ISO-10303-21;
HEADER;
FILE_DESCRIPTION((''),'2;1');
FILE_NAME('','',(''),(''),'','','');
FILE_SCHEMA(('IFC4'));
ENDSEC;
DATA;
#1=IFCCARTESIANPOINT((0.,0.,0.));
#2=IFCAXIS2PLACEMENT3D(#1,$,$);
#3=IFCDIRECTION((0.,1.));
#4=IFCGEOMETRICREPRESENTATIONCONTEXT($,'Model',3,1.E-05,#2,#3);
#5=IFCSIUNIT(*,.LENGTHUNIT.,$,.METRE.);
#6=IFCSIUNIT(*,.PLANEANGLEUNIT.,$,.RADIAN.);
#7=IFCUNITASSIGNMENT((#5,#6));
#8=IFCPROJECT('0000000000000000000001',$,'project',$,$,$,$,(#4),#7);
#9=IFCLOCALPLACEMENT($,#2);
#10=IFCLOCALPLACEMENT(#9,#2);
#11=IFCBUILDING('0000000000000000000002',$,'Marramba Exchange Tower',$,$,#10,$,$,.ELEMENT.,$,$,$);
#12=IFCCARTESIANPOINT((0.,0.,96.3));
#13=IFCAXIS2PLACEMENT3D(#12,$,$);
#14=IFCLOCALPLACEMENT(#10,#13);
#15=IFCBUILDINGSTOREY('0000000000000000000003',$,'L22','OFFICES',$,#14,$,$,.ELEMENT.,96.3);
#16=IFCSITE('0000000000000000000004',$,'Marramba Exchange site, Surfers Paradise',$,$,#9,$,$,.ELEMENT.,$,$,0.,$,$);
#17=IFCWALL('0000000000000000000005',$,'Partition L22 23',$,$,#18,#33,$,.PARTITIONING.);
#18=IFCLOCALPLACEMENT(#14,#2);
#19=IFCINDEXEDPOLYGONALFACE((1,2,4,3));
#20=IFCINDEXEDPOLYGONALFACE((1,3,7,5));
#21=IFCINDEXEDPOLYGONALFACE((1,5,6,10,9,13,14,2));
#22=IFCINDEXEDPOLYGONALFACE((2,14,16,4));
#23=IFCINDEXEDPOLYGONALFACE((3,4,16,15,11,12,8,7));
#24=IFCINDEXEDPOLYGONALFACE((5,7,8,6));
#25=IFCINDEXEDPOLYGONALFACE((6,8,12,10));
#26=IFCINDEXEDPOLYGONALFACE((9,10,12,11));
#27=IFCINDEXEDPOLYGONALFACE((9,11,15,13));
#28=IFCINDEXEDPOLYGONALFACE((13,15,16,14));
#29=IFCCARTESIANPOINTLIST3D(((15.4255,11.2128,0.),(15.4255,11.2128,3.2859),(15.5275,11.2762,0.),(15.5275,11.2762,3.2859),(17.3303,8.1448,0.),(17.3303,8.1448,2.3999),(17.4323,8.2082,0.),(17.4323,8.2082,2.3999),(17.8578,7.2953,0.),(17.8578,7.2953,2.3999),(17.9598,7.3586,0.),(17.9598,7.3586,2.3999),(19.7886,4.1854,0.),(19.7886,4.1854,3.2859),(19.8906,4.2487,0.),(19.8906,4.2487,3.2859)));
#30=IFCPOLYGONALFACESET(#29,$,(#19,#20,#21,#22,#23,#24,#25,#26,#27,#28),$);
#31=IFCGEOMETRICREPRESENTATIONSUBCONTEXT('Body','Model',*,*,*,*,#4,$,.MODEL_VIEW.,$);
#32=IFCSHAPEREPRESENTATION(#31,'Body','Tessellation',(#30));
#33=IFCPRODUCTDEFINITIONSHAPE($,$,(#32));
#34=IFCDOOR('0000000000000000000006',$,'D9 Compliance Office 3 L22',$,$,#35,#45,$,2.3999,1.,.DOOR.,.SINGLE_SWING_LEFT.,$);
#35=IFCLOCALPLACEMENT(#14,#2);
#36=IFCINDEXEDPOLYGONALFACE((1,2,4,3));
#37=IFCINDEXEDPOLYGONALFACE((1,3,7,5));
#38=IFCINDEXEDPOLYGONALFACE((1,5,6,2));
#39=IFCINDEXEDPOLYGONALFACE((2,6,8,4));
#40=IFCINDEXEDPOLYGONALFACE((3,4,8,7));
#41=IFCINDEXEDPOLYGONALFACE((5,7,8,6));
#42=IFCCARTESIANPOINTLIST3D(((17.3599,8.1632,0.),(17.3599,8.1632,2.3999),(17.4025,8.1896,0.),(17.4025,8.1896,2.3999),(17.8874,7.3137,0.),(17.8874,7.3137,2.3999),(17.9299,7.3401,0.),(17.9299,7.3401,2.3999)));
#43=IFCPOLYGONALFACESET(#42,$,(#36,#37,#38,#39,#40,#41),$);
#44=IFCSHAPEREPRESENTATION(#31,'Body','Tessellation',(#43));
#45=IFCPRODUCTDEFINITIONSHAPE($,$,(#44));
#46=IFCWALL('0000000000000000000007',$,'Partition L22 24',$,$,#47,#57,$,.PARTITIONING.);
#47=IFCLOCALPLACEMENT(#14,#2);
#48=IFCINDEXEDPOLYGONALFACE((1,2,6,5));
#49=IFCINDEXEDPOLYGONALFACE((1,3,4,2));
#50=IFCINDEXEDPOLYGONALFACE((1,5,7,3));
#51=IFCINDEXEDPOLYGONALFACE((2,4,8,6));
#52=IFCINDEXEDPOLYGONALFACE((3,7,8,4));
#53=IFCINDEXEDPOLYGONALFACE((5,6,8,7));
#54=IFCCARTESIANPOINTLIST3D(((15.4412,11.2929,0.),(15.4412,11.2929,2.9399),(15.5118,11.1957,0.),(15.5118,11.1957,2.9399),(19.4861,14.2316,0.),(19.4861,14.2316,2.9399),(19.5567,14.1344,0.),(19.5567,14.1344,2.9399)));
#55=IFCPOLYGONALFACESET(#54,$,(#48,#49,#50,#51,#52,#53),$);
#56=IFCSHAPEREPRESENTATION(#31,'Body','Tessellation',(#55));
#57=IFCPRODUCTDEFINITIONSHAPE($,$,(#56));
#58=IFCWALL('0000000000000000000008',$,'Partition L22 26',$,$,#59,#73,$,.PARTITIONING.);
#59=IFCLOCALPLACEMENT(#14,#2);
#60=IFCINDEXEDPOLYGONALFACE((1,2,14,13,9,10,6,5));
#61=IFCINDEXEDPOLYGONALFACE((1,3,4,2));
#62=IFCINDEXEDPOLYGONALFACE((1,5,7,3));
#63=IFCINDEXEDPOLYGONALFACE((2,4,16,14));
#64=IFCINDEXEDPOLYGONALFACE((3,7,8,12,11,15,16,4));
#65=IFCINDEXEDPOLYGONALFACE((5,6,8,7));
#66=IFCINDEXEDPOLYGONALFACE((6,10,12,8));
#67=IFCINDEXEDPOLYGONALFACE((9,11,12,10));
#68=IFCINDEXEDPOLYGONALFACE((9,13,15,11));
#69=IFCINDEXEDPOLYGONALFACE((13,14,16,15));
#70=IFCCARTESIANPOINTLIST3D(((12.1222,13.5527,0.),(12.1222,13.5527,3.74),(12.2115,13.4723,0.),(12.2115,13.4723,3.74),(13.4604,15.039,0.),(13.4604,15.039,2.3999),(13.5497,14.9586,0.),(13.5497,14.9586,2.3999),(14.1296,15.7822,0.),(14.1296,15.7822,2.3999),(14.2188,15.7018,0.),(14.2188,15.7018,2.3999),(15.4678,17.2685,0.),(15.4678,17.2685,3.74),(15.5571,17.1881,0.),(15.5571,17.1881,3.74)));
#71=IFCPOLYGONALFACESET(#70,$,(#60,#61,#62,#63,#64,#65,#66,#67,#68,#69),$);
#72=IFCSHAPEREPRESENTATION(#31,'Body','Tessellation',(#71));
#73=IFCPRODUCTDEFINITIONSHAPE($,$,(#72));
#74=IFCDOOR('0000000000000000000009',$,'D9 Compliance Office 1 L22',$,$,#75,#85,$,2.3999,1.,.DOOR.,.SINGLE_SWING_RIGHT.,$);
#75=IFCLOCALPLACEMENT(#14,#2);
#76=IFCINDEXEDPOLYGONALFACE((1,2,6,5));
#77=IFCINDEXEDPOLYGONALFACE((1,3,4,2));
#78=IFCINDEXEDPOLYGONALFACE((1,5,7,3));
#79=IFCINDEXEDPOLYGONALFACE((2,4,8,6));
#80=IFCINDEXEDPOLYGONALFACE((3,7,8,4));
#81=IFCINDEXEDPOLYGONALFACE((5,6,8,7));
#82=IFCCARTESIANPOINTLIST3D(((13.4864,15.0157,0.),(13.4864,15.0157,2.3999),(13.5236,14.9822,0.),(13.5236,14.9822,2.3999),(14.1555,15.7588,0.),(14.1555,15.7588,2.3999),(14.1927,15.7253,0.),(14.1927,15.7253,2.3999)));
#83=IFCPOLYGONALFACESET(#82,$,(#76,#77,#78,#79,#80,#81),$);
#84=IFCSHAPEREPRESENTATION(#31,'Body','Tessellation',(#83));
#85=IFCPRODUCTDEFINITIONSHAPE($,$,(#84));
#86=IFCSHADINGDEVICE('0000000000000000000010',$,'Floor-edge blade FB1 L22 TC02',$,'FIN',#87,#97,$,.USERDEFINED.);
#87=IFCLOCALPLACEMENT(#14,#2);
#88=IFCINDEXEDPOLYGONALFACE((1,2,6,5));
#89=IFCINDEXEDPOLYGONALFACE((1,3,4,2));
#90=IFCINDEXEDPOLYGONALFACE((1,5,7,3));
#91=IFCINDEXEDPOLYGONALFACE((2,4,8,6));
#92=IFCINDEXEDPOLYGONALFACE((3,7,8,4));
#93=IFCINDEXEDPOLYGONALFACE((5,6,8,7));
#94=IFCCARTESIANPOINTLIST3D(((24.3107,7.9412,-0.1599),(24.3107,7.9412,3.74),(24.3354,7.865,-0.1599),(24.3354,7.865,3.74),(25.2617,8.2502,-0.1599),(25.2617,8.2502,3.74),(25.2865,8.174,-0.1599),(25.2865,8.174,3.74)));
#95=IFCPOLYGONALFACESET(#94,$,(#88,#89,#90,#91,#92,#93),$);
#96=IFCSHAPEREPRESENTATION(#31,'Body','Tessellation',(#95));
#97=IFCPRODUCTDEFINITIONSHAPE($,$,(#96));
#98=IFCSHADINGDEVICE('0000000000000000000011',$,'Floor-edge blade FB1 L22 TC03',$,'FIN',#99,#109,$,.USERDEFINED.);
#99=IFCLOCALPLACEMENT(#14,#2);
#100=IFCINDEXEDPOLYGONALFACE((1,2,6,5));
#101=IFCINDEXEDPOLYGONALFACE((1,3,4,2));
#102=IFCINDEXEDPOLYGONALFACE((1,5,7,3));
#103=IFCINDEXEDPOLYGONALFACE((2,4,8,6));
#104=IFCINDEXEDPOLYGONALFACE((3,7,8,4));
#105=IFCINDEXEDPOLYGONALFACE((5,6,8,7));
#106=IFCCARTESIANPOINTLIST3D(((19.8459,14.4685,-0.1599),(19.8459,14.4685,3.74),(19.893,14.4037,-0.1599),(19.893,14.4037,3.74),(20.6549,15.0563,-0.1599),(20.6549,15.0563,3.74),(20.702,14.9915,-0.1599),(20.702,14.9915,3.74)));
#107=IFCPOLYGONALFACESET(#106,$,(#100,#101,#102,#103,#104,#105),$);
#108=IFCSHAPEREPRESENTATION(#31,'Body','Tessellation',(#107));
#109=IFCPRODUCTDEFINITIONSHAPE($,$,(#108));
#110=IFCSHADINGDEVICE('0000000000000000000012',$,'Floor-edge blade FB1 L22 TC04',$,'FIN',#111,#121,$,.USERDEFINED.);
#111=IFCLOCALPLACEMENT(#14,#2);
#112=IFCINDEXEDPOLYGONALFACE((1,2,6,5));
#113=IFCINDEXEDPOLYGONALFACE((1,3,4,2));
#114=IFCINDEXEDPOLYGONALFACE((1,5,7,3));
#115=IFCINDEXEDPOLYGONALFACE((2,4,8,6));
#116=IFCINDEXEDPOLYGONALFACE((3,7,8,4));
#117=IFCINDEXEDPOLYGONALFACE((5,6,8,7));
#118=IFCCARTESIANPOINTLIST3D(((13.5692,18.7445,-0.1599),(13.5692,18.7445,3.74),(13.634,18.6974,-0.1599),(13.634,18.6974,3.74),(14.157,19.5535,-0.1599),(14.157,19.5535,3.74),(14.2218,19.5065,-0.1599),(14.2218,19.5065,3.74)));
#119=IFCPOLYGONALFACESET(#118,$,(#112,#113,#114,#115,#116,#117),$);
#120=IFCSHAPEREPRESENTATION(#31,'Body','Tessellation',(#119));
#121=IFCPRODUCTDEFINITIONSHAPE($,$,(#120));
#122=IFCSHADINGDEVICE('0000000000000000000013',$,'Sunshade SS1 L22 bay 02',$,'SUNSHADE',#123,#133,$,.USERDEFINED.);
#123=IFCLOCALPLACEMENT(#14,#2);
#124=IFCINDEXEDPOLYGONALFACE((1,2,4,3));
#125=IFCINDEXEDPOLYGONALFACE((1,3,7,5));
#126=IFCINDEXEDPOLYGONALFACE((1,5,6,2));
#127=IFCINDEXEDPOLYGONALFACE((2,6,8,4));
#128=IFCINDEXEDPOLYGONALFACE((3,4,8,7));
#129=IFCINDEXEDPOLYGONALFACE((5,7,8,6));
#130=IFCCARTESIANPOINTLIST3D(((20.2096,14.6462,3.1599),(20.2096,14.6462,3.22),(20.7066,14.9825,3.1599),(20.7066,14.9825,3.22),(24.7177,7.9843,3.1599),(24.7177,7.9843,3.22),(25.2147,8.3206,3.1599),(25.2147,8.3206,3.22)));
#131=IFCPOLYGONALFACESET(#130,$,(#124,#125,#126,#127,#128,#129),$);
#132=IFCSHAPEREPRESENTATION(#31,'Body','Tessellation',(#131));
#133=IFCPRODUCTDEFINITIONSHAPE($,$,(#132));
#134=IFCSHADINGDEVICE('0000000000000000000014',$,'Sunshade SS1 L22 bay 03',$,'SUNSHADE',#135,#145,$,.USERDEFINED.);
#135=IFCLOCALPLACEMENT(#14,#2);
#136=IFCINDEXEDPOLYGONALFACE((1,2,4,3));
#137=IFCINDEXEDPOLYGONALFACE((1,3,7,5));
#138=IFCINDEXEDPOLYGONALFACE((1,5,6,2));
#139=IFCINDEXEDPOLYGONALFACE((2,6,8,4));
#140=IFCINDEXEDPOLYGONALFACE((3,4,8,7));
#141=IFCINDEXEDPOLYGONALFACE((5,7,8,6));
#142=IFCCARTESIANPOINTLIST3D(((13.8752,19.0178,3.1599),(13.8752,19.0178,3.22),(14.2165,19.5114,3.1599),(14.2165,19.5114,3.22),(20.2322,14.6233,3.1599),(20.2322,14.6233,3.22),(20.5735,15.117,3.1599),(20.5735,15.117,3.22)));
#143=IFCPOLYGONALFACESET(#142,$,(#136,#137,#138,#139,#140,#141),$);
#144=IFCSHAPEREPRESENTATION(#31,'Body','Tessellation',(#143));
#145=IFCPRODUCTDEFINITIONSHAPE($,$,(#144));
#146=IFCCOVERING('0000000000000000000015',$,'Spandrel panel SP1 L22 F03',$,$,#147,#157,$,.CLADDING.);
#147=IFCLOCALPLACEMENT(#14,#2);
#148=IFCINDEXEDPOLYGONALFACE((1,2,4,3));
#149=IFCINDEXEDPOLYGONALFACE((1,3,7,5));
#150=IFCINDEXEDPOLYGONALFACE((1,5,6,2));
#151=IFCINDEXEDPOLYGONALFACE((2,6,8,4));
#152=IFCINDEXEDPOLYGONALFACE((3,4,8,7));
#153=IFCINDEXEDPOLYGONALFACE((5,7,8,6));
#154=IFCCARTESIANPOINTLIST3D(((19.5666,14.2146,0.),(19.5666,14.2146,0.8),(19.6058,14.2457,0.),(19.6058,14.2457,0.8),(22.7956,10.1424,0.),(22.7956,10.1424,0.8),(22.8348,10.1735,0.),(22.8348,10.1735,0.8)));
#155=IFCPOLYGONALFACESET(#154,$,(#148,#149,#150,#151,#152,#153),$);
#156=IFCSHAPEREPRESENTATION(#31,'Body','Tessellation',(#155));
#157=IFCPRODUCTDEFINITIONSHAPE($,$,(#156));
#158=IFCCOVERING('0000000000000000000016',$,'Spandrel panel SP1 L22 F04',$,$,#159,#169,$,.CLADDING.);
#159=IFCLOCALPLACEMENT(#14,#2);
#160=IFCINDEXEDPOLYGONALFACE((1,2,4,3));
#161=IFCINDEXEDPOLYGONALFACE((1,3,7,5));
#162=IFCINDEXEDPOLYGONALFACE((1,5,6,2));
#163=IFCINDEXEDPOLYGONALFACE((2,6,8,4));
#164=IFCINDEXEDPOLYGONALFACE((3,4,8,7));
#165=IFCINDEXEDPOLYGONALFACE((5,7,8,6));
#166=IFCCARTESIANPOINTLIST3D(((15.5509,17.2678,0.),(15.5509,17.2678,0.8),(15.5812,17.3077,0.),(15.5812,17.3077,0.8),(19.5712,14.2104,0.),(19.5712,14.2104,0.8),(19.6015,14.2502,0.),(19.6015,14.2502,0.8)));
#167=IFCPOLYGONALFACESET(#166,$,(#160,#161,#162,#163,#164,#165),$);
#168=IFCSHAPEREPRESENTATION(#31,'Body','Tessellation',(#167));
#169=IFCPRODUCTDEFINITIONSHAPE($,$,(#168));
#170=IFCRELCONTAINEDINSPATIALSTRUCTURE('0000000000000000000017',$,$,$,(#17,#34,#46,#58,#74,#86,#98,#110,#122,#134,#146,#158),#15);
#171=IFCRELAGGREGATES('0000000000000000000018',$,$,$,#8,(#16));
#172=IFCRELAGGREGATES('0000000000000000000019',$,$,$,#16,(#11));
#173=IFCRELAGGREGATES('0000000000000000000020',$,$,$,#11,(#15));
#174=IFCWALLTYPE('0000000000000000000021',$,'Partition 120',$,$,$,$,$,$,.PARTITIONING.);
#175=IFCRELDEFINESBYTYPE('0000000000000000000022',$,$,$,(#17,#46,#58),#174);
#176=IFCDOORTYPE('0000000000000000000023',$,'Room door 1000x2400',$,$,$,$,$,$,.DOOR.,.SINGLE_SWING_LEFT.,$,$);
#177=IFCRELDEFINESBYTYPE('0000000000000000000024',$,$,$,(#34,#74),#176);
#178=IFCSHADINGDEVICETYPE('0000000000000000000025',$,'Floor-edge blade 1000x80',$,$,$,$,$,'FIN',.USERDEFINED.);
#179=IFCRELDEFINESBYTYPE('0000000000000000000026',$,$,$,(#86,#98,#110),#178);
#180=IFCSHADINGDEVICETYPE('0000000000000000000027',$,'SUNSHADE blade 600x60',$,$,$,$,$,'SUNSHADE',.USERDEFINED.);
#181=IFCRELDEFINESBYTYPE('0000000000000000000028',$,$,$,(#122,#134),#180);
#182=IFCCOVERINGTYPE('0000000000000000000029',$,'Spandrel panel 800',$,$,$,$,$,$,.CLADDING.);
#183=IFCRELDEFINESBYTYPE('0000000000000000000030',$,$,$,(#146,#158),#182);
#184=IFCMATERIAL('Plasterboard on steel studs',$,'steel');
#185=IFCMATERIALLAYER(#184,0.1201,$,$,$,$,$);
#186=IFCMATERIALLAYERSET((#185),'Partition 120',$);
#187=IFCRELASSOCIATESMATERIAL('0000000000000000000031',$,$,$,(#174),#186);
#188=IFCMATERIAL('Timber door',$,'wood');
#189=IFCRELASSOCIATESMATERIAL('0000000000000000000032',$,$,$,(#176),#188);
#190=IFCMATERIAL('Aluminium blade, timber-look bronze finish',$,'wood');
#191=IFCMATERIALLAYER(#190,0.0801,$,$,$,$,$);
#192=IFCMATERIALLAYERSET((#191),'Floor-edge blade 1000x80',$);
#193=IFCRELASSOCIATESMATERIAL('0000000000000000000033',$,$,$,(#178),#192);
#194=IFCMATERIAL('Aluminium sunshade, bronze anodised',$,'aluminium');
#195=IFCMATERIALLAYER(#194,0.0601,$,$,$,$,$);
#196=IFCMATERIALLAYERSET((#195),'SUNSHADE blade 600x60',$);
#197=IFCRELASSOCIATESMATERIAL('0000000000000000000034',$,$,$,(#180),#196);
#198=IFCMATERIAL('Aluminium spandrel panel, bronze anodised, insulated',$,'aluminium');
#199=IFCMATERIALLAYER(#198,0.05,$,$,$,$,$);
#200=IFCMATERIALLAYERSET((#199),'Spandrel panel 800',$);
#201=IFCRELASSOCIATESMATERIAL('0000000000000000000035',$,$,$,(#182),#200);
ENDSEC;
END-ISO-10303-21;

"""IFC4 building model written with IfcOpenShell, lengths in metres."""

from ifc_helpers import new_model, si_unit, direction, frame, frame_2d, origin, origin_2d, place, context, subcontext, project, spatial, rectangle, extrude, material, layer, layer_set, type_object, element, fill, save


model = new_model("IFC4")

# Units and contexts
model_context = context("Model", 3, precision=1e-05, world=origin(), true_north=direction((0.0, 1.0)))
body_context = subcontext(model_context, "Body", "Model", "MODEL_VIEW")
ifc_project = project(units=[si_unit("LENGTHUNIT", "METRE"), si_unit("PLANEANGLEUNIT", "RADIAN")], contexts=[model_context])

# Site, building, storey
site_placement = place(None, origin())
site = spatial("IfcSite", under=ifc_project, at=site_placement, Name="Marramba Exchange site, Surfers Paradise", CompositionType="ELEMENT", RefElevation=0.0)
building_placement = place(site_placement, origin())
building = spatial("IfcBuilding", under=site, at=building_placement, Name="Marramba Exchange Tower", CompositionType="ELEMENT")
storey_placement = place(building_placement, frame((0.0, 0.0, 96.3)))
storey = spatial("IfcBuildingStorey", under=building, at=storey_placement, Name="L22", Description="OFFICES", CompositionType="ELEMENT", Elevation=96.3)

# Wall, opening, door
ifc_material_1 = material(Name="Plasterboard on steel studs", Category="steel")
ifc_layer_1 = layer(ifc_material_1, 0.1201)
ifc_layer_set_1 = layer_set([ifc_layer_1], Name="Partition 120")
wall_type = type_object("IfcWallType", Name="Partition 120", PredefinedType="PARTITIONING", material=ifc_layer_set_1)
wall_1_placement = place(storey_placement, frame((15.4766, 11.2444, 0.0), z_axis=(0.0, 0.0, 1.0), x_axis=(0.527471, -0.849573, 0.0)))
wall_1 = element("IfcWall", 1, at=wall_1_placement, inside=storey, type_object=wall_type, Name="Partition L22 23", PredefinedType="PARTITIONING", context=body_context, shape_type="SweptSolid", body=[
    extrude(rectangle(XDim=8.2717, YDim=0.1201, at=frame_2d((4.1357, 0.0))), origin(), (0.0, 0.0, 1.0), 3.2859),
])
opening_1_placement = place(wall_1_placement, frame((3.6111, 0.0, 0.0)))
opening_1 = element("IfcOpeningElement", 2, at=opening_1_placement, cuts=wall_1, PredefinedType="OPENING", context=body_context, shape_type="SweptSolid", body=[
    extrude(rectangle(XDim=1.0, YDim=2.3999, at=frame_2d((0.5, 1.2))), frame((0.0, 0.0701, 0.0), z_axis=(0.0, -1.0, 0.0), x_axis=(1.0, 0.0, 0.0)), (0.0, 0.0, 1.0), 0.1401),
])
ifc_material_2 = material(Name="Timber door", Category="wood")
door_type = type_object("IfcDoorType", Name="Room door 1000x2400", OperationType="SINGLE_SWING_LEFT", PredefinedType="DOOR", material=ifc_material_2)
door_1_placement = place(opening_1_placement, origin())
door_1 = element("IfcDoor", 3, at=door_1_placement, inside=storey, type_object=door_type, Name="D9 Compliance Office 3 L22", OperationType="SINGLE_SWING_LEFT", OverallHeight=2.3999, OverallWidth=1.0, PredefinedType="DOOR", context=body_context, shape_type="SweptSolid", body=[
    extrude(rectangle(XDim=1.0, YDim=2.3999, at=frame_2d((0.5, 1.2))), frame((0.0, 0.0249, 0.0), z_axis=(0.0, -1.0, 0.0), x_axis=(1.0, 0.0, 0.0)), (0.0, 0.0, 1.0), 0.05),
])
fill(opening_1, door_1)

# Wall
wall_2_placement = place(storey_placement, frame((19.5215, 14.1831, 0.0), z_axis=(0.0, 0.0, 1.0), x_axis=(-0.809025, -0.587774, 0.0)))
element("IfcWall", 4, at=wall_2_placement, inside=storey, type_object=wall_type, Name="Partition L22 24", PredefinedType="PARTITIONING", context=body_context, shape_type="SweptSolid", body=[
    extrude(rectangle(XDim=4.9998, YDim=0.1201, at=frame_2d((2.5, 0.0))), origin(), (0.0, 0.0, 1.0), 2.9399),
])

# Wall, opening, door
wall_3_placement = place(storey_placement, frame((15.5125, 17.2283, 0.0), z_axis=(0.0, 0.0, 1.0), x_axis=(-0.669127, -0.743148, 0.0)))
wall_3 = element("IfcWall", 5, at=wall_3_placement, inside=storey, type_object=wall_type, Name="Partition L22 26", PredefinedType="PARTITIONING", context=body_context, shape_type="SweptSolid", body=[
    extrude(rectangle(XDim=5.0, YDim=0.1201, at=frame_2d((2.5, 0.0))), origin(), (0.0, 0.0, 1.0), 3.74),
])
opening_2_placement = place(wall_3_placement, frame((2.0, 0.0, 0.0)))
opening_2 = element("IfcOpeningElement", 6, at=opening_2_placement, cuts=wall_3, PredefinedType="OPENING", context=body_context, shape_type="SweptSolid", body=[
    extrude(rectangle(XDim=1.0, YDim=2.3999, at=frame_2d((0.5, 1.2))), frame((0.0, 0.0701, 0.0), z_axis=(0.0, -1.0, 0.0), x_axis=(1.0, 0.0, 0.0)), (0.0, 0.0, 1.0), 0.1401),
])
door_2_placement = place(opening_2_placement, origin())
door_2 = element("IfcDoor", 7, at=door_2_placement, inside=storey, type_object=door_type, Name="D9 Compliance Office 1 L22", OperationType="SINGLE_SWING_RIGHT", OverallHeight=2.3999, OverallWidth=1.0, PredefinedType="DOOR", context=body_context, shape_type="SweptSolid", body=[
    extrude(rectangle(XDim=1.0, YDim=2.3999, at=frame_2d((0.5, 1.2))), frame((0.0, 0.0249, 0.0), z_axis=(0.0, -1.0, 0.0), x_axis=(1.0, 0.0, 0.0)), (0.0, 0.0, 1.0), 0.05),
])
fill(opening_2, door_2)

# Shading devices
ifc_material_3 = material(Name="Aluminium blade, timber-look bronze finish", Category="wood")
ifc_layer_2 = layer(ifc_material_3, 0.0801)
ifc_layer_set_2 = layer_set([ifc_layer_2], Name="Floor-edge blade 1000x80")
shading_device_type_1 = type_object("IfcShadingDeviceType", Name="Floor-edge blade 1000x80", ElementType="FIN", PredefinedType="USERDEFINED", material=ifc_layer_set_2)
for number, where, z_axis, x_axis, name in (
    (8, (24.7986, 8.0576, -0.1599), (0.0, 0.0, 1.0), (0.951057, 0.309017, 0.0), "Floor-edge blade FB1 L22 TC02"),
    (9, (20.2739, 14.73, -0.1599), (0.0, 0.0, 1.0), (0.809017, 0.587785, 0.0), "Floor-edge blade FB1 L22 TC03"),
    (10, (13.8955, 19.1255, -0.1599), (0.0, 0.0, 1.0), (0.587785, 0.809017, 0.0), "Floor-edge blade FB1 L22 TC04"),
):
    element("IfcShadingDevice", number, at=place(storey_placement, frame(where, z_axis=z_axis, x_axis=x_axis)), inside=storey, type_object=shading_device_type_1, Name=name, ObjectType="FIN", PredefinedType="USERDEFINED", context=body_context, shape_type="SweptSolid", body=[
        extrude(rectangle(XDim=1.0, YDim=0.0801, at=origin_2d()), origin(), (0.0, 0.0, 1.0), 3.8999),
    ])
ifc_material_4 = material(Name="Aluminium sunshade, bronze anodised", Category="aluminium")
ifc_layer_3 = layer(ifc_material_4, 0.0601)
ifc_layer_set_3 = layer_set([ifc_layer_3], Name="SUNSHADE blade 600x60")
shading_device_type_2 = type_object("IfcShadingDeviceType", Name="SUNSHADE blade 600x60", ElementType="SUNSHADE", PredefinedType="USERDEFINED", material=ifc_layer_set_3)
shading_device_1_placement = place(storey_placement, frame((22.7122, 11.4834, 3.1599), z_axis=(0.0, 0.0, 1.0), x_axis=(-0.560442, 0.828194, 0.0)))
element("IfcShadingDevice", 11, at=shading_device_1_placement, inside=storey, type_object=shading_device_type_2, Name="Sunshade SS1 L22 bay 02", ObjectType="SUNSHADE", PredefinedType="USERDEFINED", context=body_context, shape_type="SweptSolid", body=[
    extrude(rectangle(XDim=8.0439, YDim=0.6001, at=origin_2d()), origin(), (0.0, 0.0, 1.0), 0.0601),
])
shading_device_2_placement = place(storey_placement, frame((17.2244, 17.0674, 3.1599), z_axis=(0.0, 0.0, 1.0), x_axis=(-0.82259, 0.568636, 0.0)))
element("IfcShadingDevice", 12, at=shading_device_2_placement, inside=storey, type_object=shading_device_type_2, Name="Sunshade SS1 L22 bay 03", ObjectType="SUNSHADE", PredefinedType="USERDEFINED", context=body_context, shape_type="SweptSolid", body=[
    extrude(rectangle(XDim=7.728, YDim=0.6001, at=origin_2d()), origin(), (0.0, 0.0, 1.0), 0.0601),
])

# Coverings
ifc_material_5 = material(Name="Aluminium spandrel panel, bronze anodised, insulated", Category="aluminium")
ifc_layer_4 = layer(ifc_material_5, 0.05)
ifc_layer_set_4 = layer_set([ifc_layer_4], Name="Spandrel panel 800")
covering_type = type_object("IfcCoveringType", Name="Spandrel panel 800", PredefinedType="CLADDING", material=ifc_layer_set_4)
covering_1_placement = place(storey_placement, frame((21.2007, 12.1941, 0.0), z_axis=(0.0, 0.0, 1.0), x_axis=(-0.621312, 0.783563, 0.0)))
element("IfcCovering", 13, at=covering_1_placement, inside=storey, type_object=covering_type, Name="Spandrel panel SP1 L22 F03", PredefinedType="CLADDING", context=body_context, shape_type="SweptSolid", body=[
    extrude(rectangle(XDim=5.197, YDim=0.05, at=origin_2d()), origin(), (0.0, 0.0, 1.0), 0.8),
])
covering_2_placement = place(storey_placement, frame((17.5762, 15.759, 0.0), z_axis=(0.0, 0.0, 1.0), x_axis=(-0.795972, 0.605334, 0.0)))
element("IfcCovering", 14, at=covering_2_placement, inside=storey, type_object=covering_type, Name="Spandrel panel SP1 L22 F04", PredefinedType="CLADDING", context=body_context, shape_type="SweptSolid", body=[
    extrude(rectangle(XDim=5.0508, YDim=0.05, at=origin_2d()), origin(), (0.0, 0.0, 1.0), 0.8),
])

save(model, "model.ifc")
